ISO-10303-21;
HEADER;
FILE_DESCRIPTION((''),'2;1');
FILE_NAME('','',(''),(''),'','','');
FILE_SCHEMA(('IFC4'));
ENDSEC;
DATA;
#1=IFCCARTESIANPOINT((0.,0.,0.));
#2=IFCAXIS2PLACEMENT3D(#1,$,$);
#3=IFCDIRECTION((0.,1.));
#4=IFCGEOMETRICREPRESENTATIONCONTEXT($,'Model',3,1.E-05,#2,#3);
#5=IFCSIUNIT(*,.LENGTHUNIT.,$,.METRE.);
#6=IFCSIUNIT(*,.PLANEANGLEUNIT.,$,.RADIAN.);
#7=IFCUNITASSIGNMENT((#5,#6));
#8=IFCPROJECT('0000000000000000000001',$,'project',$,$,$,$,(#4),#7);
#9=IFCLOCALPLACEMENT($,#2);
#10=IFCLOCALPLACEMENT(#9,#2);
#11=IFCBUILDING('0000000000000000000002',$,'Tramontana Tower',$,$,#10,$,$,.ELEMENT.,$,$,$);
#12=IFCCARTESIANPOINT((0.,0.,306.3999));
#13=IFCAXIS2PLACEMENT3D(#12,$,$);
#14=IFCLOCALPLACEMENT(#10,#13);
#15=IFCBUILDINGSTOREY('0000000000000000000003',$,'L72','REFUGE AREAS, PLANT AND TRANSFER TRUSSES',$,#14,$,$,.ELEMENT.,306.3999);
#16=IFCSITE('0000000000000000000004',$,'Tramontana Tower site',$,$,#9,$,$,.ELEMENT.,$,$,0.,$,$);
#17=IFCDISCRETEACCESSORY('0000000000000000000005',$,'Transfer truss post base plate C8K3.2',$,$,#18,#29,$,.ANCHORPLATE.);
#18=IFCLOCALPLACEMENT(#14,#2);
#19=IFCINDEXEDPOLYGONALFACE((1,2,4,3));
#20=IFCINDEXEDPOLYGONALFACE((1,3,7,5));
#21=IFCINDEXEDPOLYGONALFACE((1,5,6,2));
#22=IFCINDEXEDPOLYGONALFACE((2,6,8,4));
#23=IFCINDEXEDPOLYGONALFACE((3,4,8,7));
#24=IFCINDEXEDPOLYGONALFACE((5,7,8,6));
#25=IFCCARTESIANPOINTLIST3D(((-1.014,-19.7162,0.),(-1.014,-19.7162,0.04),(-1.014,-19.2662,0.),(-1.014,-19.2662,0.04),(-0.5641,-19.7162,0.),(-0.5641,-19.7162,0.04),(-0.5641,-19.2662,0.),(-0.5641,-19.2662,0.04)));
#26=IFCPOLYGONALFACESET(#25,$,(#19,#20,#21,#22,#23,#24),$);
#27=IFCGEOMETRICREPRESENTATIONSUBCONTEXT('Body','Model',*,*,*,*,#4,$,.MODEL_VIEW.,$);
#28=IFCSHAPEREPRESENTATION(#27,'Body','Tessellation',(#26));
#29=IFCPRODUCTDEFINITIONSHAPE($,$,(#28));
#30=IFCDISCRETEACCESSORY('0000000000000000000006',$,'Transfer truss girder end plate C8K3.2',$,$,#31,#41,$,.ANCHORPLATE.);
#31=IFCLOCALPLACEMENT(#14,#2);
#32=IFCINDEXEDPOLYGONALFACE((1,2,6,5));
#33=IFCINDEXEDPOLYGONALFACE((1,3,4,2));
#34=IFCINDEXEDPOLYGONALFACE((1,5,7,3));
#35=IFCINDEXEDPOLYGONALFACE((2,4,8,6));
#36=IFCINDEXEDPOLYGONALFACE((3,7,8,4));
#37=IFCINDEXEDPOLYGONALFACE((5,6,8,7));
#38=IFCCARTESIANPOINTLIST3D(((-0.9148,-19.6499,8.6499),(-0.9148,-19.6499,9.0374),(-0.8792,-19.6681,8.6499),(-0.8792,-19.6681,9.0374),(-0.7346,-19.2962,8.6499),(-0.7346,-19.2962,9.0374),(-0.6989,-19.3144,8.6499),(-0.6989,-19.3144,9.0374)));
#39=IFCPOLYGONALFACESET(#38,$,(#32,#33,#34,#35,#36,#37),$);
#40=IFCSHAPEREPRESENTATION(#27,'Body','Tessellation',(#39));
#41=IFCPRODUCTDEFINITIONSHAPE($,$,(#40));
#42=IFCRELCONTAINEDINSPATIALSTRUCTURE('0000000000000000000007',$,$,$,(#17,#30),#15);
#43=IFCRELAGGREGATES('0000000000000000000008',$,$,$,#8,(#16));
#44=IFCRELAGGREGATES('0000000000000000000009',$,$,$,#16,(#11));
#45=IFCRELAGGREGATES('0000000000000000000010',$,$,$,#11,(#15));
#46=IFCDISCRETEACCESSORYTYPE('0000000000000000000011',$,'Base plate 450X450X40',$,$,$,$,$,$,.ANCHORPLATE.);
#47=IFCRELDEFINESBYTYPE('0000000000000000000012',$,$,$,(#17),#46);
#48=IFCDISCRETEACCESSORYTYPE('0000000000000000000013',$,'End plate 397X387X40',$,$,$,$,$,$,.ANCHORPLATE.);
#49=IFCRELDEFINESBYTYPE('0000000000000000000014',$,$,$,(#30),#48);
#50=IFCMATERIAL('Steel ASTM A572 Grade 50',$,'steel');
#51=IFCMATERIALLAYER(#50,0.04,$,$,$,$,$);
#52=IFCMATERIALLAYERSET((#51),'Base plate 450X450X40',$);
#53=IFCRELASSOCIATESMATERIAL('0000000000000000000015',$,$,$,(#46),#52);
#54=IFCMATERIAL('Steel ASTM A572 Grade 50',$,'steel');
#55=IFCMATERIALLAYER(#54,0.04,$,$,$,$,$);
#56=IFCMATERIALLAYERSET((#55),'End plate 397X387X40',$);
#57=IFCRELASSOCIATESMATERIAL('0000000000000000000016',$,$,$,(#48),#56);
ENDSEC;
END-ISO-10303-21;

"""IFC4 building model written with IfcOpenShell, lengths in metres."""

from ifc_helpers import new_model, si_unit, direction, frame, origin, origin_2d, place, context, subcontext, project, spatial, rectangle, extrude, material, layer, layer_set, type_object, element, save


model = new_model("IFC4")

# Units and contexts
model_context = context("Model", 3, precision=1e-05, world=origin(), true_north=direction((0.0, 1.0)))
body_context = subcontext(model_context, "Body", "Model", "MODEL_VIEW")
ifc_project = project(units=[si_unit("LENGTHUNIT", "METRE"), si_unit("PLANEANGLEUNIT", "RADIAN")], contexts=[model_context])

# Site, building, storey
site_placement = place(None, origin())
site = spatial("IfcSite", under=ifc_project, at=site_placement, Name="Tramontana Tower site", CompositionType="ELEMENT", RefElevation=0.0)
building_placement = place(site_placement, origin())
building = spatial("IfcBuilding", under=site, at=building_placement, Name="Tramontana Tower", CompositionType="ELEMENT")
storey_placement = place(building_placement, frame((0.0, 0.0, 306.3999)))
storey = spatial("IfcBuildingStorey", under=building, at=storey_placement, Name="L72", Description="REFUGE AREAS, PLANT AND TRANSFER TRUSSES", CompositionType="ELEMENT", Elevation=306.3999)

# Discrete accessories
ifc_material_1 = material(Name="Steel ASTM A572 Grade 50", Category="steel")
ifc_layer_1 = layer(ifc_material_1, 0.04)
ifc_layer_set_1 = layer_set([ifc_layer_1], Name="Base plate 450X450X40")
discrete_accessory_type_1 = type_object("IfcDiscreteAccessoryType", Name="Base plate 450X450X40", PredefinedType="ANCHORPLATE", material=ifc_layer_set_1)
discrete_accessory_1_placement = place(storey_placement, frame((-0.7891, -19.4912, 0.0), z_axis=(0.0, 0.0, 1.0), x_axis=(1.0, 0.0, 0.0)))
element("IfcDiscreteAccessory", 1, at=discrete_accessory_1_placement, inside=storey, type_object=discrete_accessory_type_1, Name="Transfer truss post base plate C8K3.2", PredefinedType="ANCHORPLATE", context=body_context, shape_type="SweptSolid", body=[
    extrude(rectangle(XDim=0.45, YDim=0.45, at=origin_2d()), origin(), (0.0, 0.0, 1.0), 0.04),
])
ifc_material_2 = material(Name="Steel ASTM A572 Grade 50", Category="steel")
ifc_layer_2 = layer(ifc_material_2, 0.04)
ifc_layer_set_2 = layer_set([ifc_layer_2], Name="End plate 397X387X40")
discrete_accessory_type_2 = type_object("IfcDiscreteAccessoryType", Name="End plate 397X387X40", PredefinedType="ANCHORPLATE", material=ifc_layer_set_2)
discrete_accessory_2_placement = place(storey_placement, frame((-0.8069, -19.4822, 8.6499), z_axis=(0.0, 0.0, 1.0), x_axis=(0.45399, 0.891007, 0.0)))
element("IfcDiscreteAccessory", 2, at=discrete_accessory_2_placement, inside=storey, type_object=discrete_accessory_type_2, Name="Transfer truss girder end plate C8K3.2", PredefinedType="ANCHORPLATE", context=body_context, shape_type="SweptSolid", body=[
    extrude(rectangle(XDim=0.397, YDim=0.04, at=origin_2d()), origin(), (0.0, 0.0, 1.0), 0.3875),
])

save(model, "model.ifc")
